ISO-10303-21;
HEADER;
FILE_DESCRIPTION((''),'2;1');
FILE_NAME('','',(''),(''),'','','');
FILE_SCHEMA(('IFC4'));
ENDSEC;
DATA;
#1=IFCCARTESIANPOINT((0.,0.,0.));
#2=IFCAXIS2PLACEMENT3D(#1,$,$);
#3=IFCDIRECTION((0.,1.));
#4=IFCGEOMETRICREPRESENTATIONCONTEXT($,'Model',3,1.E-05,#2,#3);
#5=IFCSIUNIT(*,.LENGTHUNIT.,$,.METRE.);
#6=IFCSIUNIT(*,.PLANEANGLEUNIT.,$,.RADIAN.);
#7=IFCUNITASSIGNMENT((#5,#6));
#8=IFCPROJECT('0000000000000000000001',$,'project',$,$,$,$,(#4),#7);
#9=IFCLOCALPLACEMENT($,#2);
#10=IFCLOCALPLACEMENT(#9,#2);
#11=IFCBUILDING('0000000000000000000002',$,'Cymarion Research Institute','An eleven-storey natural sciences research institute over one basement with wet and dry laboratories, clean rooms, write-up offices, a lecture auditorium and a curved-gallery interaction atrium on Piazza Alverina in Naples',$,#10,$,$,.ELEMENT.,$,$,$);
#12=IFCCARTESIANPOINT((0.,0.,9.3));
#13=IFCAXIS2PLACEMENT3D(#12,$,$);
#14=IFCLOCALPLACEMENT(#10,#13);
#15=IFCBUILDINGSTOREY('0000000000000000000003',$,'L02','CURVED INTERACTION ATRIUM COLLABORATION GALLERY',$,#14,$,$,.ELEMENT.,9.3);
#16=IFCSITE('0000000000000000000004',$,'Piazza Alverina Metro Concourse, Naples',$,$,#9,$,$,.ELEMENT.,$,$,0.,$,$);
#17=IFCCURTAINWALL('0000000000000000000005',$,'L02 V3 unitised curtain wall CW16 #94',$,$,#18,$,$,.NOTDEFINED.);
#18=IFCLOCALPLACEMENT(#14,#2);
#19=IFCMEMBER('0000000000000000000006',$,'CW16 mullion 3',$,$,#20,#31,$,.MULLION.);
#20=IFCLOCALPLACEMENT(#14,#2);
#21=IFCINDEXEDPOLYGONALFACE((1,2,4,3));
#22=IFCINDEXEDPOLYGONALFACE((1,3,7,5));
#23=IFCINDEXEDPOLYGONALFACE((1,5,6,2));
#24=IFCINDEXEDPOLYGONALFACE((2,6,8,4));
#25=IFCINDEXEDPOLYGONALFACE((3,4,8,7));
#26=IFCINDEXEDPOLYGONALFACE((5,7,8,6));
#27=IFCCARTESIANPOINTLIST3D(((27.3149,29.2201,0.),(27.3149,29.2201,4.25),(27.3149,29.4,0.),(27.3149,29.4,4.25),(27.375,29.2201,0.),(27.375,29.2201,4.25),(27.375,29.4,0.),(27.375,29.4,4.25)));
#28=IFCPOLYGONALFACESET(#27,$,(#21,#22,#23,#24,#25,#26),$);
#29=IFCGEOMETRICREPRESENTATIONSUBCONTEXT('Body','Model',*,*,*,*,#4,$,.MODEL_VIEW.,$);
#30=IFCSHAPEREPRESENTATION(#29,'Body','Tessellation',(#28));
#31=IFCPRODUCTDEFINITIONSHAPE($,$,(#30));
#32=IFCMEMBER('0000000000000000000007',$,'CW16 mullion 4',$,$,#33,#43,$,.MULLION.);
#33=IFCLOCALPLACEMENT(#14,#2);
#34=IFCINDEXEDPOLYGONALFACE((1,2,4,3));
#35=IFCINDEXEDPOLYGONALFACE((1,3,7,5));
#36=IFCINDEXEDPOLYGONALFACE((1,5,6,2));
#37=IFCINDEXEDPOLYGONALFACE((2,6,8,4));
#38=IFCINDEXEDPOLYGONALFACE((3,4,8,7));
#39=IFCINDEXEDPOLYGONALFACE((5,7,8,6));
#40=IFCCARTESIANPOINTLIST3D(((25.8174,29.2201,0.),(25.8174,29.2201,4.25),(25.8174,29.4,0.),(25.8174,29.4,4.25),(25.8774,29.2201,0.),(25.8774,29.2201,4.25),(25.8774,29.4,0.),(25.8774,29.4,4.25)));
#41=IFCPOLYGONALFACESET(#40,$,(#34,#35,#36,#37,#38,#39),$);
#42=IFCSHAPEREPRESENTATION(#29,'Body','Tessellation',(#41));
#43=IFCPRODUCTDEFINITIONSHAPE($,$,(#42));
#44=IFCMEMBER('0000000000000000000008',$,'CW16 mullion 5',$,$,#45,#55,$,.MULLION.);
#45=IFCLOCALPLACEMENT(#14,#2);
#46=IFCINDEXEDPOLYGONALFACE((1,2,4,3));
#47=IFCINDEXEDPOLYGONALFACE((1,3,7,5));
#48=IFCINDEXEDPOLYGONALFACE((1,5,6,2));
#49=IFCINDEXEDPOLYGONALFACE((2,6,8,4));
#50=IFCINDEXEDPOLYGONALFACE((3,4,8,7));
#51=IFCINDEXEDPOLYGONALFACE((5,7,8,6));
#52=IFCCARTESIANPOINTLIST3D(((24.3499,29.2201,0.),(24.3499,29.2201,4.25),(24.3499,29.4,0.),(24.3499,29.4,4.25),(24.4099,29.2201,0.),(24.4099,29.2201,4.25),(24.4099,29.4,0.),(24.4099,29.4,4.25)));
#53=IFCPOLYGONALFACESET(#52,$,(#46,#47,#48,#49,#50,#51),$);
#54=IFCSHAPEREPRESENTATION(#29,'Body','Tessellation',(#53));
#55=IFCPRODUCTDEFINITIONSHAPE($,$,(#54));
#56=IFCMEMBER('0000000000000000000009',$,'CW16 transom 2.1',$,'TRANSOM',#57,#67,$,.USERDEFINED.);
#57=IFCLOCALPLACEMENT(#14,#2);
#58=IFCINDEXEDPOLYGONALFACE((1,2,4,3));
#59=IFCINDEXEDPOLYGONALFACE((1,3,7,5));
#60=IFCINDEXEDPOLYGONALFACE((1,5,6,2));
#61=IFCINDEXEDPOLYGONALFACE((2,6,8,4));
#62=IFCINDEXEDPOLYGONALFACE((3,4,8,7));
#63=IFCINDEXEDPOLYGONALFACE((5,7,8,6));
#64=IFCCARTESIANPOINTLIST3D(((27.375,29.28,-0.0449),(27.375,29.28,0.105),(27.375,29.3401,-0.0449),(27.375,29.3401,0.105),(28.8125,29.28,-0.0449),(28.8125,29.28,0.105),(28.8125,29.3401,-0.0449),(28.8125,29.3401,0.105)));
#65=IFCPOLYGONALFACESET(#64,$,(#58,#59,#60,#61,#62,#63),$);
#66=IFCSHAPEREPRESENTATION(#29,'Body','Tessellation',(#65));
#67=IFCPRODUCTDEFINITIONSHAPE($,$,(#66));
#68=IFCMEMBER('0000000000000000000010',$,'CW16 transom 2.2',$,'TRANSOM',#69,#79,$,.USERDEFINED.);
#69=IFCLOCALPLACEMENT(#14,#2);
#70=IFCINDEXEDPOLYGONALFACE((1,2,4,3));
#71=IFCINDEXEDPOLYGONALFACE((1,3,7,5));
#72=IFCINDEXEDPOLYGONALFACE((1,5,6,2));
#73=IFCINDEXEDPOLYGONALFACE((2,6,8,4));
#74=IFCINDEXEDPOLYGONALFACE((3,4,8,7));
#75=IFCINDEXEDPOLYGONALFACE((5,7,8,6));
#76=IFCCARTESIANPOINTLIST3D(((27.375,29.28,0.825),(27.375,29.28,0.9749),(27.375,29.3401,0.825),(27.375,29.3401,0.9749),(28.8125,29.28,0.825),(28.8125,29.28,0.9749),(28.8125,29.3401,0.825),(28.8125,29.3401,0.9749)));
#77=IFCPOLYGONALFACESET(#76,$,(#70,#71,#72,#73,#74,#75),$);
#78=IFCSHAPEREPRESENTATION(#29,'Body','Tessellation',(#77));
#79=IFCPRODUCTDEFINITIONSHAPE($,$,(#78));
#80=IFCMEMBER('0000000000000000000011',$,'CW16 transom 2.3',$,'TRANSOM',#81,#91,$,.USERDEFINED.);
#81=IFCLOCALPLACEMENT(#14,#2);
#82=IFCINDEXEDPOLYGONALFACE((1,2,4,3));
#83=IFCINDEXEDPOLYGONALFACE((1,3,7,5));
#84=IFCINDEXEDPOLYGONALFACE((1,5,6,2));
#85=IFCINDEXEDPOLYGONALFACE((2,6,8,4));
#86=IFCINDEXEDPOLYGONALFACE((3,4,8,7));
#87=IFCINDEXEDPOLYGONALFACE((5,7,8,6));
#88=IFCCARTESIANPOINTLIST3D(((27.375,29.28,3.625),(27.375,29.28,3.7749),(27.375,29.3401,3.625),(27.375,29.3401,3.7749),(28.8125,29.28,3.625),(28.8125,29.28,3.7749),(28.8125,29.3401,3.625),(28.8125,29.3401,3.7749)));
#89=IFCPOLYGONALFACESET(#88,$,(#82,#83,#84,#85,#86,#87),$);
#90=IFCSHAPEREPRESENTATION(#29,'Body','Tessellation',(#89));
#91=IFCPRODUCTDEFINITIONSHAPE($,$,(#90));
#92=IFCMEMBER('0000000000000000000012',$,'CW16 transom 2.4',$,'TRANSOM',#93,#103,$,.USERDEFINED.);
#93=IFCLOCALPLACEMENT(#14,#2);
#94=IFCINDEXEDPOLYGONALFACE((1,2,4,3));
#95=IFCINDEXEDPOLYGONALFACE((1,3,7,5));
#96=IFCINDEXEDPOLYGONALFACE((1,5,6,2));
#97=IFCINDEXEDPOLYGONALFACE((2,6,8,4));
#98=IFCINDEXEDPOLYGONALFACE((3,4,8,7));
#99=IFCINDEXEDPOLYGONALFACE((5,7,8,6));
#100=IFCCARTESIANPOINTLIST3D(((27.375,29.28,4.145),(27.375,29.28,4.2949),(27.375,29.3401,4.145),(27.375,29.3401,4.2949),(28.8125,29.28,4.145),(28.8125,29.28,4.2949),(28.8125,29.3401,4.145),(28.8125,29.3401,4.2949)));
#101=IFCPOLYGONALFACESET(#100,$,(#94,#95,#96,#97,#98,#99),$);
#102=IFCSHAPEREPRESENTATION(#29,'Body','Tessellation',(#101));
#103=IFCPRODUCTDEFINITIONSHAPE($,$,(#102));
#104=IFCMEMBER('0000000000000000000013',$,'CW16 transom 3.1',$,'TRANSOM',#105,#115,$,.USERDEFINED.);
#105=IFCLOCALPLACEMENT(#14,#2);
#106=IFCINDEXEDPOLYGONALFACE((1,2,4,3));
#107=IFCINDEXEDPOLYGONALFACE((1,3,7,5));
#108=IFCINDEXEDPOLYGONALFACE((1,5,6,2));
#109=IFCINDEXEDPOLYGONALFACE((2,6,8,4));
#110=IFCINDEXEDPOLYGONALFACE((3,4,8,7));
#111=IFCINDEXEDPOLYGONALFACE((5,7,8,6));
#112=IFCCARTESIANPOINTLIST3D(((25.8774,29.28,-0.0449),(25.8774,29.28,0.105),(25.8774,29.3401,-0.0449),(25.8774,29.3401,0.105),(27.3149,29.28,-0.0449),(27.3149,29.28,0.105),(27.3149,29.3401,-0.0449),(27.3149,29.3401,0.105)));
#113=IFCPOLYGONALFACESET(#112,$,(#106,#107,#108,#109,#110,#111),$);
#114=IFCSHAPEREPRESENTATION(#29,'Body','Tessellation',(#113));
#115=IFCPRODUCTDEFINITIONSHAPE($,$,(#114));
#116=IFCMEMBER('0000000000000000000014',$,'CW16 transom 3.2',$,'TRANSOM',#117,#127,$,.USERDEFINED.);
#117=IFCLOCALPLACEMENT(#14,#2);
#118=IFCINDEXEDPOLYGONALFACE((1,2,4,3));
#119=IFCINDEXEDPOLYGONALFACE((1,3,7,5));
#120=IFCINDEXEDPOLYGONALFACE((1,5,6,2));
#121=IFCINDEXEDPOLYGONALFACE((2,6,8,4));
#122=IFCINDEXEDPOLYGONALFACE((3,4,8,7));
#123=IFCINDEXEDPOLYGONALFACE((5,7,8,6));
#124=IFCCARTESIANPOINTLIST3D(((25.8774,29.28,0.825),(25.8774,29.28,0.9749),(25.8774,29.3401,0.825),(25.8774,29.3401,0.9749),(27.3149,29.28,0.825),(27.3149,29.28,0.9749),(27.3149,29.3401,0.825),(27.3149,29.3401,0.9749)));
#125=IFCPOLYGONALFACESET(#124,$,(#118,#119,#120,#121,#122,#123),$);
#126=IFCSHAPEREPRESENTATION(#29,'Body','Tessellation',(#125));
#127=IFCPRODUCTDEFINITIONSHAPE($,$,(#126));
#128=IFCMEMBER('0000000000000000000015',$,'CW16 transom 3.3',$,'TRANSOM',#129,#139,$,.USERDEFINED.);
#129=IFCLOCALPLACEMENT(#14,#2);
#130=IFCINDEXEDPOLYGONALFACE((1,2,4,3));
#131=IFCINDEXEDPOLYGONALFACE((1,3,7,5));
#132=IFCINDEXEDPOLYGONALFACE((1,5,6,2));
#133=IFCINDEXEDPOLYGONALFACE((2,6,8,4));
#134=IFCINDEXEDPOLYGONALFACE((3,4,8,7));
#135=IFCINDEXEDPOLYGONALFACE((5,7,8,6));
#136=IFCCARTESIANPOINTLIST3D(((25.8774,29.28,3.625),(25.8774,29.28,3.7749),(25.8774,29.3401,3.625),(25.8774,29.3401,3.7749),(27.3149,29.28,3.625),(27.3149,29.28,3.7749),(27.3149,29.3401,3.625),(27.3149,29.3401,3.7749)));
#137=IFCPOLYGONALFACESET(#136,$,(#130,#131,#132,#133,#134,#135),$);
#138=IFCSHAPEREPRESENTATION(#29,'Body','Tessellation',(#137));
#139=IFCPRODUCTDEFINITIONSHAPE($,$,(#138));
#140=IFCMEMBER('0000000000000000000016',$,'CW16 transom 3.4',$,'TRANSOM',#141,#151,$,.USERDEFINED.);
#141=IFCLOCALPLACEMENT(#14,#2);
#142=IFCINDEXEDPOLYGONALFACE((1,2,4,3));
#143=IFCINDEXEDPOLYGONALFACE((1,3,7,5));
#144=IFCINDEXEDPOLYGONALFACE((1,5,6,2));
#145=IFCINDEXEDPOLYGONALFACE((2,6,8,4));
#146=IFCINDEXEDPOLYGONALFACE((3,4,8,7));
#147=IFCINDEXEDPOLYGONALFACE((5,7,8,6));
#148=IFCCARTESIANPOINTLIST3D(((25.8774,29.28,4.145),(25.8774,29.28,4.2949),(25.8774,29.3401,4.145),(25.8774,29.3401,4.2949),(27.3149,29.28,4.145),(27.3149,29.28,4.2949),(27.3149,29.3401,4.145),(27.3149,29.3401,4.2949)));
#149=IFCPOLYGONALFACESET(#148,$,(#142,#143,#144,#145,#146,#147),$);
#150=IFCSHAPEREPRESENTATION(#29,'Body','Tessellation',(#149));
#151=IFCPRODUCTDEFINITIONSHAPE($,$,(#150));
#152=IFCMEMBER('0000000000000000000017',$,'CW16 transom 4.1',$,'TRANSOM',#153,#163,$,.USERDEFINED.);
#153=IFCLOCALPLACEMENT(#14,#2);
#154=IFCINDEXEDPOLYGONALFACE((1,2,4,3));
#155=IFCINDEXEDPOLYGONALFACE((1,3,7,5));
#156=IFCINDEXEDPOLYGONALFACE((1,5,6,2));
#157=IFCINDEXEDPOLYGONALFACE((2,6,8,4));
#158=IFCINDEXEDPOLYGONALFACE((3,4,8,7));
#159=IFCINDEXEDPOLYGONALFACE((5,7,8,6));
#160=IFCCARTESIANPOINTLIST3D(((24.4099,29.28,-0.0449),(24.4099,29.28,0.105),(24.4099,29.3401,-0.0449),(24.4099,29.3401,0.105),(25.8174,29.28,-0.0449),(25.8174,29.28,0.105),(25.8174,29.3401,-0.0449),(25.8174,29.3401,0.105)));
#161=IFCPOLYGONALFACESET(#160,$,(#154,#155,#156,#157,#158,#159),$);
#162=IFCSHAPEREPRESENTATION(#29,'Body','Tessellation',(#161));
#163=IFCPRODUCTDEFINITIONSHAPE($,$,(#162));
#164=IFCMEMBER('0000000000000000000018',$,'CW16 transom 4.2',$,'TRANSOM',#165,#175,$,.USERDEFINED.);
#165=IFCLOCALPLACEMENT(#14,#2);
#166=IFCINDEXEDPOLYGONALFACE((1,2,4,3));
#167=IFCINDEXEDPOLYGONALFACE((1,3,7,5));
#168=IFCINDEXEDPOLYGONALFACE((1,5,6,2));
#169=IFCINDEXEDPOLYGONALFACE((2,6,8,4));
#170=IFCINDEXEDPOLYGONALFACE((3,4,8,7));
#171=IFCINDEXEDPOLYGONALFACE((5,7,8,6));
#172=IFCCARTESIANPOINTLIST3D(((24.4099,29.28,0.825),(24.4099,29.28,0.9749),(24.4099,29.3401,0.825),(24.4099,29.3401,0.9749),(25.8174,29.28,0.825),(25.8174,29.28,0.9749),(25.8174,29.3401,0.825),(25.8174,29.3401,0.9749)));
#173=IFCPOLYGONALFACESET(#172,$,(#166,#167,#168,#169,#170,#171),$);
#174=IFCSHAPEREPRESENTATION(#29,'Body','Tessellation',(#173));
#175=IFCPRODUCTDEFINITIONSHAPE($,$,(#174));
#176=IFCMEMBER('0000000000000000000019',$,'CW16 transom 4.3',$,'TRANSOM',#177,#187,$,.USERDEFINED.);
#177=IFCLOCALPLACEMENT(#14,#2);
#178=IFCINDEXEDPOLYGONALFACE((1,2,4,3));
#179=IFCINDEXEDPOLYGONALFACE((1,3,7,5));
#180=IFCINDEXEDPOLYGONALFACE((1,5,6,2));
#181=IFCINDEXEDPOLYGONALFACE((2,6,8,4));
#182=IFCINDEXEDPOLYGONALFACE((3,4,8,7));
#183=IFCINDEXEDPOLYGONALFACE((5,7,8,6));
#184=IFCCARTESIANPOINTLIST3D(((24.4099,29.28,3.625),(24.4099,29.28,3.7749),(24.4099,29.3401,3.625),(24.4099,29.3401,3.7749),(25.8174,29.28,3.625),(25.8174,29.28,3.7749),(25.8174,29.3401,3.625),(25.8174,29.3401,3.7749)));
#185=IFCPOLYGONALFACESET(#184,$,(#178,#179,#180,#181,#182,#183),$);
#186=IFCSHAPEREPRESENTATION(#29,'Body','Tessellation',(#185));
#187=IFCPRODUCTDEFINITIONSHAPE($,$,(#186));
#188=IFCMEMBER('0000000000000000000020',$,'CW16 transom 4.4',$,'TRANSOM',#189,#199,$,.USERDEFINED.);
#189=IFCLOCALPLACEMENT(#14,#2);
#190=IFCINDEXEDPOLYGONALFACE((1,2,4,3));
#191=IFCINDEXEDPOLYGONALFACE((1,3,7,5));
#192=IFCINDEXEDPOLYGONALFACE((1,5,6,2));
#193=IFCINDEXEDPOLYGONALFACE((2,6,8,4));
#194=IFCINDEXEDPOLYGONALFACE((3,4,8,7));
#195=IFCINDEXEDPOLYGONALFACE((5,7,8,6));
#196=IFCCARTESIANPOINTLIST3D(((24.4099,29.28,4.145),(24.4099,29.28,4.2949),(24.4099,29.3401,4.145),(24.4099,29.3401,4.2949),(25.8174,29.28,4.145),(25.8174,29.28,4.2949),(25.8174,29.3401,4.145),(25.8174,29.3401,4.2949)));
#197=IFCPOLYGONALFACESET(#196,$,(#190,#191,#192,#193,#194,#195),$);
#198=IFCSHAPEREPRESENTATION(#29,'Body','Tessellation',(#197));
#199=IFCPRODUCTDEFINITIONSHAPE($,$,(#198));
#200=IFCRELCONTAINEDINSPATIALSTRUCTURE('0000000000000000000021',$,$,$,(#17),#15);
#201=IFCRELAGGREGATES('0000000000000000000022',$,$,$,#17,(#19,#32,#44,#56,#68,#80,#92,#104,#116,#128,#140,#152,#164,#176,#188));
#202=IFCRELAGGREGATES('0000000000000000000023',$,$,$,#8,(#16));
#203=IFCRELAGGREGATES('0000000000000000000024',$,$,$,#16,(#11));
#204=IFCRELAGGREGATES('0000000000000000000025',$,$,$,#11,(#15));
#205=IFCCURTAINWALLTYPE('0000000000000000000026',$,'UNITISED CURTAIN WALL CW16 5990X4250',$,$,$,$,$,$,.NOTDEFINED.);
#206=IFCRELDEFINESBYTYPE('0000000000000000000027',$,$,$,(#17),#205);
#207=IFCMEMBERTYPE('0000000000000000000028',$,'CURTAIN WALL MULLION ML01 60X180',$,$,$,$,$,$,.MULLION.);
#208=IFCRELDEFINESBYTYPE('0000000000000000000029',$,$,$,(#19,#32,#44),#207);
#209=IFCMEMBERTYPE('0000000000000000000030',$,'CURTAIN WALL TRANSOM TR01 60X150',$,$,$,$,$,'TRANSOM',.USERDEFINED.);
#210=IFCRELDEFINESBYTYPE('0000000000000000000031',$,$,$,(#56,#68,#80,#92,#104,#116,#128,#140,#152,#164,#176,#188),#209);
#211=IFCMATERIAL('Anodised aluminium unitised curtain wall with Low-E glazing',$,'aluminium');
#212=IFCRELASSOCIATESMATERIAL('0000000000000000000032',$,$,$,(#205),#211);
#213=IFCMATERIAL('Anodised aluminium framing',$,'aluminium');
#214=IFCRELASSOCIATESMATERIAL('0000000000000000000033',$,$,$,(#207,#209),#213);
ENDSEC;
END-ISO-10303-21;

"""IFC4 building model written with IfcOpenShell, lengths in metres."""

from ifc_helpers import new_model, si_unit, direction, frame, origin, origin_2d, place, context, subcontext, project, spatial, rectangle, extrude, material, material_profile, profile_set, type_object, element, aggregate, save


model = new_model("IFC4")

# Units and contexts
model_context = context("Model", 3, precision=1e-05, world=origin(), true_north=direction((0.0, 1.0)))
body_context = subcontext(model_context, "Body", "Model", "MODEL_VIEW")
ifc_project = project(units=[si_unit("LENGTHUNIT", "METRE"), si_unit("PLANEANGLEUNIT", "RADIAN")], contexts=[model_context])

# Site, building, storey
site_placement = place(None, origin())
site = spatial("IfcSite", under=ifc_project, at=site_placement, Name="Piazza Alverina Metro Concourse, Naples", CompositionType="ELEMENT", RefElevation=0.0)
building_placement = place(site_placement, origin())
building = spatial("IfcBuilding", under=site, at=building_placement, Name="Cymarion Research Institute", Description="An eleven-storey natural sciences research institute over one basement with wet and dry laboratories, clean rooms, write-up offices, a lecture auditorium and a curved-gallery interaction atrium on Piazza Alverina in Naples", CompositionType="ELEMENT")
storey_placement = place(building_placement, frame((0.0, 0.0, 9.3)))
storey = spatial("IfcBuildingStorey", under=building, at=storey_placement, Name="L02", Description="CURVED INTERACTION ATRIUM COLLABORATION GALLERY", CompositionType="ELEMENT", Elevation=9.3)

# Curtain wall, members
ifc_material_1 = material(Name="Anodised aluminium unitised curtain wall with Low-E glazing", Category="aluminium")
curtain_wall_type = type_object("IfcCurtainWallType", Name="UNITISED CURTAIN WALL CW16 5990X4250", PredefinedType="NOTDEFINED", material=ifc_material_1)
curtain_wall_placement = place(storey_placement, origin())
curtain_wall = element("IfcCurtainWall", 1, at=curtain_wall_placement, inside=storey, type_object=curtain_wall_type, Name="L02 V3 unitised curtain wall CW16 #94", PredefinedType="NOTDEFINED")
ifc_material_2 = material(Name="Anodised aluminium framing", Category="aluminium")
ifc_material_profile_1 = material_profile(ifc_material_2, rectangle(XDim=0.0601, YDim=0.1799, at=origin_2d()), Name="ALU MULLION 60x180")
ifc_profile_set_1 = profile_set([ifc_material_profile_1], Name="Anodised aluminium framing")
member_type_1 = type_object("IfcMemberType", Name="CURTAIN WALL MULLION ML01 60X180", PredefinedType="MULLION", material=ifc_profile_set_1)
member_1_placement = place(storey_placement, frame((27.345, 29.3101, 0.0), z_axis=(0.0, 0.0, 1.0), x_axis=(-1.0, 0.0, 0.0)))
member_1 = element("IfcMember", 2, at=member_1_placement, type_object=member_type_1, Name="CW16 mullion 3", PredefinedType="MULLION", context=body_context, shape_type="SweptSolid", body=[
    extrude(rectangle(XDim=0.0601, YDim=0.1799, at=origin_2d()), origin(), (0.0, 0.0, 1.0), 4.25),
])
member_2_placement = place(storey_placement, frame((25.8474, 29.3101, 0.0), z_axis=(0.0, 0.0, 1.0), x_axis=(-1.0, 0.0, 0.0)))
member_2 = element("IfcMember", 3, at=member_2_placement, type_object=member_type_1, Name="CW16 mullion 4", PredefinedType="MULLION", context=body_context, shape_type="SweptSolid", body=[
    extrude(rectangle(XDim=0.0601, YDim=0.1799, at=origin_2d()), origin(), (0.0, 0.0, 1.0), 4.25),
])
member_3_placement = place(storey_placement, frame((24.3799, 29.3101, 0.0), z_axis=(0.0, 0.0, 1.0), x_axis=(-1.0, 0.0, 0.0)))
member_3 = element("IfcMember", 4, at=member_3_placement, type_object=member_type_1, Name="CW16 mullion 5", PredefinedType="MULLION", context=body_context, shape_type="SweptSolid", body=[
    extrude(rectangle(XDim=0.0601, YDim=0.1799, at=origin_2d()), origin(), (0.0, 0.0, 1.0), 4.25),
])
ifc_material_profile_2 = material_profile(ifc_material_2, rectangle(XDim=0.0601, YDim=0.1499, at=origin_2d()), Name="ALU TRANSOM 60x150")
ifc_profile_set_2 = profile_set([ifc_material_profile_2], Name="Anodised aluminium framing")
member_type_2 = type_object("IfcMemberType", Name="CURTAIN WALL TRANSOM TR01 60X150", ElementType="TRANSOM", PredefinedType="USERDEFINED", material=ifc_profile_set_2)
member_4_placement = place(storey_placement, frame((28.8125, 29.3101, 0.03), z_axis=(-1.0, 0.0, 0.0), x_axis=(0.0, -1.0, 0.0)))
member_4 = element("IfcMember", 5, at=member_4_placement, type_object=member_type_2, Name="CW16 transom 2.1", ObjectType="TRANSOM", PredefinedType="USERDEFINED", context=body_context, shape_type="SweptSolid", body=[
    extrude(rectangle(XDim=0.0601, YDim=0.1499, at=origin_2d()), origin(), (0.0, 0.0, 1.0), 1.4375),
])
member_5_placement = place(storey_placement, frame((28.8125, 29.3101, 0.8999), z_axis=(-1.0, 0.0, 0.0), x_axis=(0.0, -1.0, 0.0)))
member_5 = element("IfcMember", 6, at=member_5_placement, type_object=member_type_2, Name="CW16 transom 2.2", ObjectType="TRANSOM", PredefinedType="USERDEFINED", context=body_context, shape_type="SweptSolid", body=[
    extrude(rectangle(XDim=0.0601, YDim=0.1499, at=origin_2d()), origin(), (0.0, 0.0, 1.0), 1.4375),
])
member_6_placement = place(storey_placement, frame((28.8125, 29.3101, 3.7), z_axis=(-1.0, 0.0, 0.0), x_axis=(0.0, -1.0, 0.0)))
member_6 = element("IfcMember", 7, at=member_6_placement, type_object=member_type_2, Name="CW16 transom 2.3", ObjectType="TRANSOM", PredefinedType="USERDEFINED", context=body_context, shape_type="SweptSolid", body=[
    extrude(rectangle(XDim=0.0601, YDim=0.1499, at=origin_2d()), origin(), (0.0, 0.0, 1.0), 1.4375),
])
member_7_placement = place(storey_placement, frame((28.8125, 29.3101, 4.22), z_axis=(-1.0, 0.0, 0.0), x_axis=(0.0, -1.0, 0.0)))
member_7 = element("IfcMember", 8, at=member_7_placement, type_object=member_type_2, Name="CW16 transom 2.4", ObjectType="TRANSOM", PredefinedType="USERDEFINED", context=body_context, shape_type="SweptSolid", body=[
    extrude(rectangle(XDim=0.0601, YDim=0.1499, at=origin_2d()), origin(), (0.0, 0.0, 1.0), 1.4375),
])
member_8_placement = place(storey_placement, frame((27.3149, 29.3101, 0.03), z_axis=(-1.0, 0.0, 0.0), x_axis=(0.0, -1.0, 0.0)))
member_8 = element("IfcMember", 9, at=member_8_placement, type_object=member_type_2, Name="CW16 transom 3.1", ObjectType="TRANSOM", PredefinedType="USERDEFINED", context=body_context, shape_type="SweptSolid", body=[
    extrude(rectangle(XDim=0.0601, YDim=0.1499, at=origin_2d()), origin(), (0.0, 0.0, 1.0), 1.4375),
])
member_9_placement = place(storey_placement, frame((27.3149, 29.3101, 0.8999), z_axis=(-1.0, 0.0, 0.0), x_axis=(0.0, -1.0, 0.0)))
member_9 = element("IfcMember", 10, at=member_9_placement, type_object=member_type_2, Name="CW16 transom 3.2", ObjectType="TRANSOM", PredefinedType="USERDEFINED", context=body_context, shape_type="SweptSolid", body=[
    extrude(rectangle(XDim=0.0601, YDim=0.1499, at=origin_2d()), origin(), (0.0, 0.0, 1.0), 1.4375),
])
member_10_placement = place(storey_placement, frame((27.3149, 29.3101, 3.7), z_axis=(-1.0, 0.0, 0.0), x_axis=(0.0, -1.0, 0.0)))
member_10 = element("IfcMember", 11, at=member_10_placement, type_object=member_type_2, Name="CW16 transom 3.3", ObjectType="TRANSOM", PredefinedType="USERDEFINED", context=body_context, shape_type="SweptSolid", body=[
    extrude(rectangle(XDim=0.0601, YDim=0.1499, at=origin_2d()), origin(), (0.0, 0.0, 1.0), 1.4375),
])
member_11_placement = place(storey_placement, frame((27.3149, 29.3101, 4.22), z_axis=(-1.0, 0.0, 0.0), x_axis=(0.0, -1.0, 0.0)))
member_11 = element("IfcMember", 12, at=member_11_placement, type_object=member_type_2, Name="CW16 transom 3.4", ObjectType="TRANSOM", PredefinedType="USERDEFINED", context=body_context, shape_type="SweptSolid", body=[
    extrude(rectangle(XDim=0.0601, YDim=0.1499, at=origin_2d()), origin(), (0.0, 0.0, 1.0), 1.4375),
])
member_12_placement = place(storey_placement, frame((25.8174, 29.3101, 0.03), z_axis=(-1.0, 0.0, 0.0), x_axis=(0.0, -1.0, 0.0)))
member_12 = element("IfcMember", 13, at=member_12_placement, type_object=member_type_2, Name="CW16 transom 4.1", ObjectType="TRANSOM", PredefinedType="USERDEFINED", context=body_context, shape_type="SweptSolid", body=[
    extrude(rectangle(XDim=0.0601, YDim=0.1499, at=origin_2d()), origin(), (0.0, 0.0, 1.0), 1.4075),
])
member_13_placement = place(storey_placement, frame((25.8174, 29.3101, 0.8999), z_axis=(-1.0, 0.0, 0.0), x_axis=(0.0, -1.0, 0.0)))
member_13 = element("IfcMember", 14, at=member_13_placement, type_object=member_type_2, Name="CW16 transom 4.2", ObjectType="TRANSOM", PredefinedType="USERDEFINED", context=body_context, shape_type="SweptSolid", body=[
    extrude(rectangle(XDim=0.0601, YDim=0.1499, at=origin_2d()), origin(), (0.0, 0.0, 1.0), 1.4075),
])
member_14_placement = place(storey_placement, frame((25.8174, 29.3101, 3.7), z_axis=(-1.0, 0.0, 0.0), x_axis=(0.0, -1.0, 0.0)))
member_14 = element("IfcMember", 15, at=member_14_placement, type_object=member_type_2, Name="CW16 transom 4.3", ObjectType="TRANSOM", PredefinedType="USERDEFINED", context=body_context, shape_type="SweptSolid", body=[
    extrude(rectangle(XDim=0.0601, YDim=0.1499, at=origin_2d()), origin(), (0.0, 0.0, 1.0), 1.4075),
])
member_15_placement = place(storey_placement, frame((25.8174, 29.3101, 4.22), z_axis=(-1.0, 0.0, 0.0), x_axis=(0.0, -1.0, 0.0)))
member_15 = element("IfcMember", 16, at=member_15_placement, type_object=member_type_2, Name="CW16 transom 4.4", ObjectType="TRANSOM", PredefinedType="USERDEFINED", context=body_context, shape_type="SweptSolid", body=[
    extrude(rectangle(XDim=0.0601, YDim=0.1499, at=origin_2d()), origin(), (0.0, 0.0, 1.0), 1.4075),
])
aggregate(curtain_wall, [member_1, member_2, member_3, member_4, member_5, member_6, member_7, member_8, member_9, member_10, member_11, member_12, member_13, member_14, member_15])

save(model, "model.ifc")
